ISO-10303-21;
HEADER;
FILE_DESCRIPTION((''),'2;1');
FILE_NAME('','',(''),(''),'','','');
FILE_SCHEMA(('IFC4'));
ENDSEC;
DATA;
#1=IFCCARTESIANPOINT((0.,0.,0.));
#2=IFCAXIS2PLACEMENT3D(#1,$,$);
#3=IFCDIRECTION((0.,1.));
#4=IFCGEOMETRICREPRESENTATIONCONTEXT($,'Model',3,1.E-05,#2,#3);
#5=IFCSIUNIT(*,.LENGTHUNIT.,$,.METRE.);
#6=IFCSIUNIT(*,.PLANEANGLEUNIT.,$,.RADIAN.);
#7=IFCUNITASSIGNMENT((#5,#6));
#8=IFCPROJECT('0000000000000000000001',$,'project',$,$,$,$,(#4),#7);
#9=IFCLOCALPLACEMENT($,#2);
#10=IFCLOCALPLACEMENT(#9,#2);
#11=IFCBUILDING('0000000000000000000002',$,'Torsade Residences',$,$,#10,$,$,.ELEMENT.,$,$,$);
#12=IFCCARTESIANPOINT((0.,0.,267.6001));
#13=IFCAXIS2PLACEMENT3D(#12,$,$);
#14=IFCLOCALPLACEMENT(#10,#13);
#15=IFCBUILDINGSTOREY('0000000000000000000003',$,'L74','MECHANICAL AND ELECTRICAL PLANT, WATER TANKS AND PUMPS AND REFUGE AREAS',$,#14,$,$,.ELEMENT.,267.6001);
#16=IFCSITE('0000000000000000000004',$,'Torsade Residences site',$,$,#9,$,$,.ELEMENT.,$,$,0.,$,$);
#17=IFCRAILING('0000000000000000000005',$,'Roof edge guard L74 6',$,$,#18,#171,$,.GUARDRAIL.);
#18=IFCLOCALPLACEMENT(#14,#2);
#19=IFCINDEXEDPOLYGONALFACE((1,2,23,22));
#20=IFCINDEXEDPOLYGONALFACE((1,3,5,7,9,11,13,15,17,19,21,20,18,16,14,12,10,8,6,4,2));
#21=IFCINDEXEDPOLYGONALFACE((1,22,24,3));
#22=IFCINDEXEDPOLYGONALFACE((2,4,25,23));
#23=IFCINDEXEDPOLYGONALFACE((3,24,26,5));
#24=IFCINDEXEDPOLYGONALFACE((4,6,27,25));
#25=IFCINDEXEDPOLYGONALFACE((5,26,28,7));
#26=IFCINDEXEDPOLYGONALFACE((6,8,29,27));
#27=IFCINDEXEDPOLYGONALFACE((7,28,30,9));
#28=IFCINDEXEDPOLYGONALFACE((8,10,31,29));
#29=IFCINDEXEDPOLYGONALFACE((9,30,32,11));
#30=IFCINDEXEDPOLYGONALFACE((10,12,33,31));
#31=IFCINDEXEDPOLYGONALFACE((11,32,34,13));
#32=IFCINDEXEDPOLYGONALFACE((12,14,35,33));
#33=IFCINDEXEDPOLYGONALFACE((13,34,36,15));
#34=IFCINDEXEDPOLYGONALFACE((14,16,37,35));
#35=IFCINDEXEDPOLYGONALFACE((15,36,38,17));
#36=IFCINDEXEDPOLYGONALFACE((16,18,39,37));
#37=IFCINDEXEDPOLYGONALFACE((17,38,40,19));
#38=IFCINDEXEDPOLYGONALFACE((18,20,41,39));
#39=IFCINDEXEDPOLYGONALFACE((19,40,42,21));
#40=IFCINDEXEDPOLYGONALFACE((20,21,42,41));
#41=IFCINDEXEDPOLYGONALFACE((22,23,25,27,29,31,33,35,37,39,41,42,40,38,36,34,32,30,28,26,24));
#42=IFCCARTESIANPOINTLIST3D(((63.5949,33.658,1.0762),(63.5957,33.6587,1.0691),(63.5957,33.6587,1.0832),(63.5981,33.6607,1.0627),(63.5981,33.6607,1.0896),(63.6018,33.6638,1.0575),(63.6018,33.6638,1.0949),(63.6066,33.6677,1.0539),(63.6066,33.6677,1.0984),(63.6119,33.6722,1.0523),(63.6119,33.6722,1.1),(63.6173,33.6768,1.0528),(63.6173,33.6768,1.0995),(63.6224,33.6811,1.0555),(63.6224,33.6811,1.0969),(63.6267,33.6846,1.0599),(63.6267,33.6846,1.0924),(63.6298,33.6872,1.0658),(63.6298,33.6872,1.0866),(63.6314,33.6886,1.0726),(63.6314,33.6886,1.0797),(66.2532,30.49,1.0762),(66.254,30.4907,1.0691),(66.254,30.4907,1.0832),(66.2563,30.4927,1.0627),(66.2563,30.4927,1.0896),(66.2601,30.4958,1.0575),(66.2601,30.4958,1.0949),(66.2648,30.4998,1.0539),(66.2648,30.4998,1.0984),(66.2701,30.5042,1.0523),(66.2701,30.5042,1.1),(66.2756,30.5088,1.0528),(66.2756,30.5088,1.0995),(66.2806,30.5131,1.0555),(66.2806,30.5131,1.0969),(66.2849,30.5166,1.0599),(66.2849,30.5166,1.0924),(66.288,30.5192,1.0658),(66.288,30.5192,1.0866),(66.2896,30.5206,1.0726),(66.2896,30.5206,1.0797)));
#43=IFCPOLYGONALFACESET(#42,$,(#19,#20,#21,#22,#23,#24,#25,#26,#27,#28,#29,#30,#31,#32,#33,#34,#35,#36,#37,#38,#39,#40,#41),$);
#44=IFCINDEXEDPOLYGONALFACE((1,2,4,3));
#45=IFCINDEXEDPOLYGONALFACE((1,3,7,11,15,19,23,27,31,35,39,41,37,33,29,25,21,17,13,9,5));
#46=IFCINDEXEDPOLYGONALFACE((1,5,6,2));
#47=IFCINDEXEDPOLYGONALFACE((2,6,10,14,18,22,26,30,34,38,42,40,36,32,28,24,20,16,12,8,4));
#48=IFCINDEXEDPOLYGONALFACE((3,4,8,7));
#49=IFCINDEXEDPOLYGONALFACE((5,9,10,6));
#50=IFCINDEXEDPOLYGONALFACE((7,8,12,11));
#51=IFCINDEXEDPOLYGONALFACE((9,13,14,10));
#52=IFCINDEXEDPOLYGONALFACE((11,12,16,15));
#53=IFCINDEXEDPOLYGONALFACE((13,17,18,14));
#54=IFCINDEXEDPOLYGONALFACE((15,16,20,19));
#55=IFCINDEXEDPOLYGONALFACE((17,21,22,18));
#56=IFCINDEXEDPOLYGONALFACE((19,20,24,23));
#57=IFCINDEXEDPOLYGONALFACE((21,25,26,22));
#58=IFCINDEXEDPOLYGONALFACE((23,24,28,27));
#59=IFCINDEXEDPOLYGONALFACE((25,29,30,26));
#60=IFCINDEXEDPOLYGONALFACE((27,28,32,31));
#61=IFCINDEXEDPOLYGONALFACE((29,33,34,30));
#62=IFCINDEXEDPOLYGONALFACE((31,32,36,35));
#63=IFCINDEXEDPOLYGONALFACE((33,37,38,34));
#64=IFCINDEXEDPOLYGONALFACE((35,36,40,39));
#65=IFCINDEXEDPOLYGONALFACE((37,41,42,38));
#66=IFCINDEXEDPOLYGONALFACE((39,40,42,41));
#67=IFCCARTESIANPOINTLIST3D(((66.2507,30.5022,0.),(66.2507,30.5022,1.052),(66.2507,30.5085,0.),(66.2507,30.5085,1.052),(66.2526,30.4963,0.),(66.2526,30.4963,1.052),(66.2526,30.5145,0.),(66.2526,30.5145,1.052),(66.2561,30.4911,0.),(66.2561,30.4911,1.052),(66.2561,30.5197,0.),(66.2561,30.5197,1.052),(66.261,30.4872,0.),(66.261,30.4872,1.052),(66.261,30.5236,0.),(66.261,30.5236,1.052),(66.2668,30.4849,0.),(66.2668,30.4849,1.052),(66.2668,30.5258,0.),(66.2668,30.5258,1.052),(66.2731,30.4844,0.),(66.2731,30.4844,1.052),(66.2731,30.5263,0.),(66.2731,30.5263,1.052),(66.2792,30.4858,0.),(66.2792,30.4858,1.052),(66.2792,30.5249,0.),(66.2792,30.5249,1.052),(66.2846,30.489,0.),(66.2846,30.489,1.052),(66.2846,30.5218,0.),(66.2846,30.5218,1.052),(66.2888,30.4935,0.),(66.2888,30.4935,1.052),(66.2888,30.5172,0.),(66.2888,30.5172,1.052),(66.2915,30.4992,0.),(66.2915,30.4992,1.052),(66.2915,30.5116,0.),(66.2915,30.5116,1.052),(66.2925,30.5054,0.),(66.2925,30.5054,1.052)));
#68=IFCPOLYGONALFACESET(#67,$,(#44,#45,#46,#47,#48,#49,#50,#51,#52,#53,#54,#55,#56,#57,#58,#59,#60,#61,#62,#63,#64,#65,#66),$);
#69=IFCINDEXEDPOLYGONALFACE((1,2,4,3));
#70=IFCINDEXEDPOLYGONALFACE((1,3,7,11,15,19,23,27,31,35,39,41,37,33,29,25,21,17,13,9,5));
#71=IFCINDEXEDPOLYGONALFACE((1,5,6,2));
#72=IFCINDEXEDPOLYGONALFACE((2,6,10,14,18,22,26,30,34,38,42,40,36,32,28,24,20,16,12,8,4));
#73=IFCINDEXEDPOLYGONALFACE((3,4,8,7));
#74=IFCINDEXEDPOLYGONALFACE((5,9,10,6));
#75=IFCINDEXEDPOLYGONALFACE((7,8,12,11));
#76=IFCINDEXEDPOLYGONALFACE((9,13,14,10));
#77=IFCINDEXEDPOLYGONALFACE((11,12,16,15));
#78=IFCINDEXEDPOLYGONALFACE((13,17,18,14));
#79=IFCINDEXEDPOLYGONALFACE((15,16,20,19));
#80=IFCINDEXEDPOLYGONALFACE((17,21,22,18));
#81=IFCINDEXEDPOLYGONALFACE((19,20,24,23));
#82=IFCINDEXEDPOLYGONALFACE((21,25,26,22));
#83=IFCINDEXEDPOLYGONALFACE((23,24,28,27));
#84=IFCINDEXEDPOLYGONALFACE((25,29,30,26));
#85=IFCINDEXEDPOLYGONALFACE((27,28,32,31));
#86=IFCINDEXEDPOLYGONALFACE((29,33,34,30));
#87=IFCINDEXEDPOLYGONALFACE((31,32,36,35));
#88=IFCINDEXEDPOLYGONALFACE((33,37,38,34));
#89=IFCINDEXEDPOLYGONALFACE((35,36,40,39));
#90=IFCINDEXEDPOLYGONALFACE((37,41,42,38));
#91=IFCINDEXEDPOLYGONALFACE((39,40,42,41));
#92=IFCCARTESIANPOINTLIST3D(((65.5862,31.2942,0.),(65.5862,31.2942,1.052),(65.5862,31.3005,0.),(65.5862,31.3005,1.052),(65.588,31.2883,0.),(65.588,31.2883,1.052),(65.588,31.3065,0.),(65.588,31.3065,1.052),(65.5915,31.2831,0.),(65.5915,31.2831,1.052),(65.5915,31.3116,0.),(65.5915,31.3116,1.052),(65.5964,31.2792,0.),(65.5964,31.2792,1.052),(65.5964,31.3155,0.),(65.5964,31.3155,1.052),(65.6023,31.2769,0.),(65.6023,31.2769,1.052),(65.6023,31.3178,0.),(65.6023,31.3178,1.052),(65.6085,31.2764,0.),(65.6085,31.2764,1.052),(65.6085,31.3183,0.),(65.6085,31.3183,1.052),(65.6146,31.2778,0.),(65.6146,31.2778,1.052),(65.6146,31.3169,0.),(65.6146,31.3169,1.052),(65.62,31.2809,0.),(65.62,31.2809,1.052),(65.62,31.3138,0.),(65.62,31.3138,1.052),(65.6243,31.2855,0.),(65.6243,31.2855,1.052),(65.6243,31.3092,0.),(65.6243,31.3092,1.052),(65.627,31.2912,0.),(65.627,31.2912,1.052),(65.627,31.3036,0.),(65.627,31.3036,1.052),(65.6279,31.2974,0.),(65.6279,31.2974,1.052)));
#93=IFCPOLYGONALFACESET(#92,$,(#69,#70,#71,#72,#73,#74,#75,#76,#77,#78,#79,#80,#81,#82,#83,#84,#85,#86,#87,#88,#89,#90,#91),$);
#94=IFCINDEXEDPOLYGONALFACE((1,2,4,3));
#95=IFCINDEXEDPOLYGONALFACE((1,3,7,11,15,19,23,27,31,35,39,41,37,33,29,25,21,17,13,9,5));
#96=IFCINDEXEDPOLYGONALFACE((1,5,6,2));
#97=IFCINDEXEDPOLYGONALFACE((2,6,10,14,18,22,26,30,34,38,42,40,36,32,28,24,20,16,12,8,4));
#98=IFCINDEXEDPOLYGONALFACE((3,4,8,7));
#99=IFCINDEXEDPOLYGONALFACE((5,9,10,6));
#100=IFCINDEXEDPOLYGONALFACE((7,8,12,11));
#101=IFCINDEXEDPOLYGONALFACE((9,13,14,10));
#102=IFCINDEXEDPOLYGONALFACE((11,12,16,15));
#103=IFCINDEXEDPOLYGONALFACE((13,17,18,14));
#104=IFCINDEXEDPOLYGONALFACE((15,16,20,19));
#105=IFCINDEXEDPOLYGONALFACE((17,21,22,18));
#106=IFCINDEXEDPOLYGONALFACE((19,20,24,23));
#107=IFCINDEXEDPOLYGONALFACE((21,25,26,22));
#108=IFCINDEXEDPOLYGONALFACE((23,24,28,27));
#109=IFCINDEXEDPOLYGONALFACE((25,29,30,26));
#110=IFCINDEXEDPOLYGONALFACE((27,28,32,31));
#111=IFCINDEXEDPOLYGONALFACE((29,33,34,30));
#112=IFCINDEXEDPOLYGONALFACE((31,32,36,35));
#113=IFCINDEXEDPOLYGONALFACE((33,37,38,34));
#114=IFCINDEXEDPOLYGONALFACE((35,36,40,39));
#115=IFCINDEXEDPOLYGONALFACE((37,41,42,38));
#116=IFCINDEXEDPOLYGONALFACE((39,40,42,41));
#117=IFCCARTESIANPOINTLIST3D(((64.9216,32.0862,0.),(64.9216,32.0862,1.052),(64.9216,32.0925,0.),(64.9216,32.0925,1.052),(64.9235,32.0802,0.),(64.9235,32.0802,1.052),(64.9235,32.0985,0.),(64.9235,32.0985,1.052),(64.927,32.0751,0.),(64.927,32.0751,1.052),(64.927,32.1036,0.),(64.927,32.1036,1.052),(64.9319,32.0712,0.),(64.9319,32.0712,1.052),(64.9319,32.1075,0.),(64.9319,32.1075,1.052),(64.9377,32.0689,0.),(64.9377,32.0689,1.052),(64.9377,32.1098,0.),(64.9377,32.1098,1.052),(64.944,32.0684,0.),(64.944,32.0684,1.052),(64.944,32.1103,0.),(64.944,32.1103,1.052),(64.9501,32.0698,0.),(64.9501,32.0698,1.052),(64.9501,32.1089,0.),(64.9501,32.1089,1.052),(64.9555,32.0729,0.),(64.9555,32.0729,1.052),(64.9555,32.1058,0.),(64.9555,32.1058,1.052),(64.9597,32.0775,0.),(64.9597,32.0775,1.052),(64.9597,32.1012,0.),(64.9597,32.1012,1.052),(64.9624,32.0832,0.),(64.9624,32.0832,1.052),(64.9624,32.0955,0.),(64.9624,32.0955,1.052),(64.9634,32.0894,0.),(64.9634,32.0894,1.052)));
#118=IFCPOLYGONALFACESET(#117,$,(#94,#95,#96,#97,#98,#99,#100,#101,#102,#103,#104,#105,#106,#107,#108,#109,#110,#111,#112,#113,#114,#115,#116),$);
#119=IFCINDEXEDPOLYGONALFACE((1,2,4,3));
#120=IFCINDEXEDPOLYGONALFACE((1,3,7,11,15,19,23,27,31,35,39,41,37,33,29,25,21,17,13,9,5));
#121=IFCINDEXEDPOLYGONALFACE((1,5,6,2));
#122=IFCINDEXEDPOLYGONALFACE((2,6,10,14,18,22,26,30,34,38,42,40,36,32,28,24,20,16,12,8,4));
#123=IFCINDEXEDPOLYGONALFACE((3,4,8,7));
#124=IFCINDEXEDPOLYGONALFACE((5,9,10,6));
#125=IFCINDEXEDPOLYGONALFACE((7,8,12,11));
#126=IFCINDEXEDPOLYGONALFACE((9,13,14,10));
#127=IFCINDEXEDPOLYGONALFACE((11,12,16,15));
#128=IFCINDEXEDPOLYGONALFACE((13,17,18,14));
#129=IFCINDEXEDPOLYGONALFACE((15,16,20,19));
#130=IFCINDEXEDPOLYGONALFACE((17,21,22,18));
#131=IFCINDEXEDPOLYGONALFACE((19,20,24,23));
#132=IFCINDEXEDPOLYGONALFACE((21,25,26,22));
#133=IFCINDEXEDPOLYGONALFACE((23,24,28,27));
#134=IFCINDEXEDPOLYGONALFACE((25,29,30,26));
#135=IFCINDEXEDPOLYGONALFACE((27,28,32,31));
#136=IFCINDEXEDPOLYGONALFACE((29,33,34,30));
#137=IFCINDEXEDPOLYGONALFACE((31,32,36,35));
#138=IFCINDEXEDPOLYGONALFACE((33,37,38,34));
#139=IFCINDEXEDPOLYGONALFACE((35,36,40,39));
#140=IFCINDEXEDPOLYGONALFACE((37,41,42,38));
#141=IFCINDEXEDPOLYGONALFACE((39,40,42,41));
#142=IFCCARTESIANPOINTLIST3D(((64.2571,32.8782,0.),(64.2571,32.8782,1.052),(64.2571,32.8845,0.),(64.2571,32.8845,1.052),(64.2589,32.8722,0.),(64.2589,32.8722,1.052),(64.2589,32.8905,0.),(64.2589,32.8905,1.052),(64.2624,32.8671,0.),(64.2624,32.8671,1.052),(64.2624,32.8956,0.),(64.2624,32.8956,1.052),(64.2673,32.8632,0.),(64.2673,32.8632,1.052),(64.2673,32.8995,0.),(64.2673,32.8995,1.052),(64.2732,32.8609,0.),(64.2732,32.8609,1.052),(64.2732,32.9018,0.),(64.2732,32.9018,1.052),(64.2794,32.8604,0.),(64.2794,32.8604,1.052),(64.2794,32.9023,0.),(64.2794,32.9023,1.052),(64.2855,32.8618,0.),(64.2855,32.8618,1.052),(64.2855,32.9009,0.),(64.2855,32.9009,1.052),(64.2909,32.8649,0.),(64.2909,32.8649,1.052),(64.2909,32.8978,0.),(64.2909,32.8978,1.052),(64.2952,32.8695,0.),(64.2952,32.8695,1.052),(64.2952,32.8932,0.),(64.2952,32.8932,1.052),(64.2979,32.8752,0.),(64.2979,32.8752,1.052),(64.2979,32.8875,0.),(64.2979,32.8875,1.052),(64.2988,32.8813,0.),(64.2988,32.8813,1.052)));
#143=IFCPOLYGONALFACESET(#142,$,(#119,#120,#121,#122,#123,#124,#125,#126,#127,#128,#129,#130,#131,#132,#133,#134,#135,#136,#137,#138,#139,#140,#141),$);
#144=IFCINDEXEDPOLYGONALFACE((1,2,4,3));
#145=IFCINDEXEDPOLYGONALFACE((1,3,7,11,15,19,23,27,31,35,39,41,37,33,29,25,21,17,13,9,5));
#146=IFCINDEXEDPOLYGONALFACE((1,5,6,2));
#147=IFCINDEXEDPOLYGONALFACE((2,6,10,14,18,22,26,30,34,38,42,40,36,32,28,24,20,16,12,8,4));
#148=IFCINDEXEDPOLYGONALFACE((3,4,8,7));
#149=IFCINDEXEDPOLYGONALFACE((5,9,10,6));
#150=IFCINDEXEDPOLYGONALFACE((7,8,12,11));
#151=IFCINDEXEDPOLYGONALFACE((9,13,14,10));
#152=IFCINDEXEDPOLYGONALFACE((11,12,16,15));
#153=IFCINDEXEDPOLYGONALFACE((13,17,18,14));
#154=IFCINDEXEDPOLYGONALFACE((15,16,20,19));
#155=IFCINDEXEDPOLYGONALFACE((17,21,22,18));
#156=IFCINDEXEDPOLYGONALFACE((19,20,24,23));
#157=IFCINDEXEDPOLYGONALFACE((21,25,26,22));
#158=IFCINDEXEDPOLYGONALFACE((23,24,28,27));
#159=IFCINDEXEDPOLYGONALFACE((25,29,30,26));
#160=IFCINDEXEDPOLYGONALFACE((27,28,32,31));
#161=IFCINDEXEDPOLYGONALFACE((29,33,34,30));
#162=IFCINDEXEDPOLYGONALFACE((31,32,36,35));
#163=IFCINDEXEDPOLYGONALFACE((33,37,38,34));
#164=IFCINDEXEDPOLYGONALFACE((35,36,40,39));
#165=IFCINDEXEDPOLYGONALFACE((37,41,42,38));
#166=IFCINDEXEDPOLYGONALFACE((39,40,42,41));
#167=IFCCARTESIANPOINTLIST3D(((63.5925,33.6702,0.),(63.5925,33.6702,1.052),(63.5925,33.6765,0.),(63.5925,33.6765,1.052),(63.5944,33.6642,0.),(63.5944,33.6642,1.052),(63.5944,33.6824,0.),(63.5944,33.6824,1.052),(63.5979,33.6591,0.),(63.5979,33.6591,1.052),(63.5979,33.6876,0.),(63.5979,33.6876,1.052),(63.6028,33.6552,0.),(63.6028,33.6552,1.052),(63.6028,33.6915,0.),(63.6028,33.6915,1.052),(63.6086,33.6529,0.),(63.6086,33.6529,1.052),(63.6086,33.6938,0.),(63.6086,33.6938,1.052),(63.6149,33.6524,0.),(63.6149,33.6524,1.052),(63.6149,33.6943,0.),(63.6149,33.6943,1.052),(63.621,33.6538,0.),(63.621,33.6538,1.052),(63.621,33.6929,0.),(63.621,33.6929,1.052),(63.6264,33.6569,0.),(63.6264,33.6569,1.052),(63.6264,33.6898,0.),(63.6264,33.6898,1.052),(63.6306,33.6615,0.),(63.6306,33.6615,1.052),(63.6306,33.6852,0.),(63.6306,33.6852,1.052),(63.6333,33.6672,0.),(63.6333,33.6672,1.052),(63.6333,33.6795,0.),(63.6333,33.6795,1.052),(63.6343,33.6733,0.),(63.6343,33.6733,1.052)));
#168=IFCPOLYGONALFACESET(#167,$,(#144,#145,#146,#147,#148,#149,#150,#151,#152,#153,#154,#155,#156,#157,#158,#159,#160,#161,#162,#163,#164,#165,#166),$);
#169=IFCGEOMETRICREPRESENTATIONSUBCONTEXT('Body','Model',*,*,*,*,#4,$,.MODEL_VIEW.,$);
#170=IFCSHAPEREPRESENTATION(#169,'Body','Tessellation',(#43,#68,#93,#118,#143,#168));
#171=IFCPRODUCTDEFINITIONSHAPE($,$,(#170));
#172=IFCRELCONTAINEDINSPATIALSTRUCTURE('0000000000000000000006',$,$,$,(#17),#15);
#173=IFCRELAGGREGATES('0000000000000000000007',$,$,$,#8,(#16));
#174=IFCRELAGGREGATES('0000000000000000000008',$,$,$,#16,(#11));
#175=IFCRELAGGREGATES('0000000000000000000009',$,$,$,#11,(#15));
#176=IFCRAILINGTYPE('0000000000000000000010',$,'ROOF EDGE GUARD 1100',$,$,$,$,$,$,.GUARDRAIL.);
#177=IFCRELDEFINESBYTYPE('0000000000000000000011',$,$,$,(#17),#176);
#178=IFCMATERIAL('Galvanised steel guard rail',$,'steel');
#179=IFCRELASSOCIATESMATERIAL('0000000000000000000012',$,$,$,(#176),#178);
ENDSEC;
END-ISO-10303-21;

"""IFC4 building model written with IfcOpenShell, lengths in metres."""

from ifc_helpers import new_model, si_unit, direction, frame, origin, origin_2d, place, context, subcontext, project, spatial, circle, extrude, material, type_object, element, save


model = new_model("IFC4")

# Units and contexts
model_context = context("Model", 3, precision=1e-05, world=origin(), true_north=direction((0.0, 1.0)))
body_context = subcontext(model_context, "Body", "Model", "MODEL_VIEW")
ifc_project = project(units=[si_unit("LENGTHUNIT", "METRE"), si_unit("PLANEANGLEUNIT", "RADIAN")], contexts=[model_context])

# Site, building, storey
site_placement = place(None, origin())
site = spatial("IfcSite", under=ifc_project, at=site_placement, Name="Torsade Residences site", CompositionType="ELEMENT", RefElevation=0.0)
building_placement = place(site_placement, origin())
building = spatial("IfcBuilding", under=site, at=building_placement, Name="Torsade Residences", CompositionType="ELEMENT")
storey_placement = place(building_placement, frame((0.0, 0.0, 267.6001)))
storey = spatial("IfcBuildingStorey", under=building, at=storey_placement, Name="L74", Description="MECHANICAL AND ELECTRICAL PLANT, WATER TANKS AND PUMPS AND REFUGE AREAS", CompositionType="ELEMENT", Elevation=267.6001)

# Railing
ifc_material_1 = material(Name="Galvanised steel guard rail", Category="steel")
railing_type = type_object("IfcRailingType", Name="ROOF EDGE GUARD 1100", PredefinedType="GUARDRAIL", material=ifc_material_1)
railing_1_placement = place(storey_placement, frame((66.2715, 30.5054, 0.0)))
element("IfcRailing", 1, at=railing_1_placement, inside=storey, type_object=railing_type, Name="Roof edge guard L74 6", PredefinedType="GUARDRAIL", context=body_context, shape_type="SweptSolid", body=[
    extrude(circle(Radius=0.0239, at=origin_2d()), frame((0.0, 0.0, 1.0762), z_axis=(-0.642782, 0.766049, 0.0), x_axis=(-0.766049, -0.642782, 0.0)), (0.0, 0.0, 1.0), 4.1355),
    extrude(circle(Radius=0.021, at=origin_2d()), origin(), (0.0, 0.0, 1.0), 1.052),
    extrude(circle(Radius=0.021, at=origin_2d()), frame((-0.6646, 0.792, 0.0)), (0.0, 0.0, 1.0), 1.052),
    extrude(circle(Radius=0.021, at=origin_2d()), frame((-1.3291, 1.584, 0.0)), (0.0, 0.0, 1.0), 1.052),
    extrude(circle(Radius=0.021, at=origin_2d()), frame((-1.9937, 2.376, 0.0)), (0.0, 0.0, 1.0), 1.052),
    extrude(circle(Radius=0.021, at=origin_2d()), frame((-2.6582, 3.168, 0.0)), (0.0, 0.0, 1.0), 1.052),
])

save(model, "model.ifc")
